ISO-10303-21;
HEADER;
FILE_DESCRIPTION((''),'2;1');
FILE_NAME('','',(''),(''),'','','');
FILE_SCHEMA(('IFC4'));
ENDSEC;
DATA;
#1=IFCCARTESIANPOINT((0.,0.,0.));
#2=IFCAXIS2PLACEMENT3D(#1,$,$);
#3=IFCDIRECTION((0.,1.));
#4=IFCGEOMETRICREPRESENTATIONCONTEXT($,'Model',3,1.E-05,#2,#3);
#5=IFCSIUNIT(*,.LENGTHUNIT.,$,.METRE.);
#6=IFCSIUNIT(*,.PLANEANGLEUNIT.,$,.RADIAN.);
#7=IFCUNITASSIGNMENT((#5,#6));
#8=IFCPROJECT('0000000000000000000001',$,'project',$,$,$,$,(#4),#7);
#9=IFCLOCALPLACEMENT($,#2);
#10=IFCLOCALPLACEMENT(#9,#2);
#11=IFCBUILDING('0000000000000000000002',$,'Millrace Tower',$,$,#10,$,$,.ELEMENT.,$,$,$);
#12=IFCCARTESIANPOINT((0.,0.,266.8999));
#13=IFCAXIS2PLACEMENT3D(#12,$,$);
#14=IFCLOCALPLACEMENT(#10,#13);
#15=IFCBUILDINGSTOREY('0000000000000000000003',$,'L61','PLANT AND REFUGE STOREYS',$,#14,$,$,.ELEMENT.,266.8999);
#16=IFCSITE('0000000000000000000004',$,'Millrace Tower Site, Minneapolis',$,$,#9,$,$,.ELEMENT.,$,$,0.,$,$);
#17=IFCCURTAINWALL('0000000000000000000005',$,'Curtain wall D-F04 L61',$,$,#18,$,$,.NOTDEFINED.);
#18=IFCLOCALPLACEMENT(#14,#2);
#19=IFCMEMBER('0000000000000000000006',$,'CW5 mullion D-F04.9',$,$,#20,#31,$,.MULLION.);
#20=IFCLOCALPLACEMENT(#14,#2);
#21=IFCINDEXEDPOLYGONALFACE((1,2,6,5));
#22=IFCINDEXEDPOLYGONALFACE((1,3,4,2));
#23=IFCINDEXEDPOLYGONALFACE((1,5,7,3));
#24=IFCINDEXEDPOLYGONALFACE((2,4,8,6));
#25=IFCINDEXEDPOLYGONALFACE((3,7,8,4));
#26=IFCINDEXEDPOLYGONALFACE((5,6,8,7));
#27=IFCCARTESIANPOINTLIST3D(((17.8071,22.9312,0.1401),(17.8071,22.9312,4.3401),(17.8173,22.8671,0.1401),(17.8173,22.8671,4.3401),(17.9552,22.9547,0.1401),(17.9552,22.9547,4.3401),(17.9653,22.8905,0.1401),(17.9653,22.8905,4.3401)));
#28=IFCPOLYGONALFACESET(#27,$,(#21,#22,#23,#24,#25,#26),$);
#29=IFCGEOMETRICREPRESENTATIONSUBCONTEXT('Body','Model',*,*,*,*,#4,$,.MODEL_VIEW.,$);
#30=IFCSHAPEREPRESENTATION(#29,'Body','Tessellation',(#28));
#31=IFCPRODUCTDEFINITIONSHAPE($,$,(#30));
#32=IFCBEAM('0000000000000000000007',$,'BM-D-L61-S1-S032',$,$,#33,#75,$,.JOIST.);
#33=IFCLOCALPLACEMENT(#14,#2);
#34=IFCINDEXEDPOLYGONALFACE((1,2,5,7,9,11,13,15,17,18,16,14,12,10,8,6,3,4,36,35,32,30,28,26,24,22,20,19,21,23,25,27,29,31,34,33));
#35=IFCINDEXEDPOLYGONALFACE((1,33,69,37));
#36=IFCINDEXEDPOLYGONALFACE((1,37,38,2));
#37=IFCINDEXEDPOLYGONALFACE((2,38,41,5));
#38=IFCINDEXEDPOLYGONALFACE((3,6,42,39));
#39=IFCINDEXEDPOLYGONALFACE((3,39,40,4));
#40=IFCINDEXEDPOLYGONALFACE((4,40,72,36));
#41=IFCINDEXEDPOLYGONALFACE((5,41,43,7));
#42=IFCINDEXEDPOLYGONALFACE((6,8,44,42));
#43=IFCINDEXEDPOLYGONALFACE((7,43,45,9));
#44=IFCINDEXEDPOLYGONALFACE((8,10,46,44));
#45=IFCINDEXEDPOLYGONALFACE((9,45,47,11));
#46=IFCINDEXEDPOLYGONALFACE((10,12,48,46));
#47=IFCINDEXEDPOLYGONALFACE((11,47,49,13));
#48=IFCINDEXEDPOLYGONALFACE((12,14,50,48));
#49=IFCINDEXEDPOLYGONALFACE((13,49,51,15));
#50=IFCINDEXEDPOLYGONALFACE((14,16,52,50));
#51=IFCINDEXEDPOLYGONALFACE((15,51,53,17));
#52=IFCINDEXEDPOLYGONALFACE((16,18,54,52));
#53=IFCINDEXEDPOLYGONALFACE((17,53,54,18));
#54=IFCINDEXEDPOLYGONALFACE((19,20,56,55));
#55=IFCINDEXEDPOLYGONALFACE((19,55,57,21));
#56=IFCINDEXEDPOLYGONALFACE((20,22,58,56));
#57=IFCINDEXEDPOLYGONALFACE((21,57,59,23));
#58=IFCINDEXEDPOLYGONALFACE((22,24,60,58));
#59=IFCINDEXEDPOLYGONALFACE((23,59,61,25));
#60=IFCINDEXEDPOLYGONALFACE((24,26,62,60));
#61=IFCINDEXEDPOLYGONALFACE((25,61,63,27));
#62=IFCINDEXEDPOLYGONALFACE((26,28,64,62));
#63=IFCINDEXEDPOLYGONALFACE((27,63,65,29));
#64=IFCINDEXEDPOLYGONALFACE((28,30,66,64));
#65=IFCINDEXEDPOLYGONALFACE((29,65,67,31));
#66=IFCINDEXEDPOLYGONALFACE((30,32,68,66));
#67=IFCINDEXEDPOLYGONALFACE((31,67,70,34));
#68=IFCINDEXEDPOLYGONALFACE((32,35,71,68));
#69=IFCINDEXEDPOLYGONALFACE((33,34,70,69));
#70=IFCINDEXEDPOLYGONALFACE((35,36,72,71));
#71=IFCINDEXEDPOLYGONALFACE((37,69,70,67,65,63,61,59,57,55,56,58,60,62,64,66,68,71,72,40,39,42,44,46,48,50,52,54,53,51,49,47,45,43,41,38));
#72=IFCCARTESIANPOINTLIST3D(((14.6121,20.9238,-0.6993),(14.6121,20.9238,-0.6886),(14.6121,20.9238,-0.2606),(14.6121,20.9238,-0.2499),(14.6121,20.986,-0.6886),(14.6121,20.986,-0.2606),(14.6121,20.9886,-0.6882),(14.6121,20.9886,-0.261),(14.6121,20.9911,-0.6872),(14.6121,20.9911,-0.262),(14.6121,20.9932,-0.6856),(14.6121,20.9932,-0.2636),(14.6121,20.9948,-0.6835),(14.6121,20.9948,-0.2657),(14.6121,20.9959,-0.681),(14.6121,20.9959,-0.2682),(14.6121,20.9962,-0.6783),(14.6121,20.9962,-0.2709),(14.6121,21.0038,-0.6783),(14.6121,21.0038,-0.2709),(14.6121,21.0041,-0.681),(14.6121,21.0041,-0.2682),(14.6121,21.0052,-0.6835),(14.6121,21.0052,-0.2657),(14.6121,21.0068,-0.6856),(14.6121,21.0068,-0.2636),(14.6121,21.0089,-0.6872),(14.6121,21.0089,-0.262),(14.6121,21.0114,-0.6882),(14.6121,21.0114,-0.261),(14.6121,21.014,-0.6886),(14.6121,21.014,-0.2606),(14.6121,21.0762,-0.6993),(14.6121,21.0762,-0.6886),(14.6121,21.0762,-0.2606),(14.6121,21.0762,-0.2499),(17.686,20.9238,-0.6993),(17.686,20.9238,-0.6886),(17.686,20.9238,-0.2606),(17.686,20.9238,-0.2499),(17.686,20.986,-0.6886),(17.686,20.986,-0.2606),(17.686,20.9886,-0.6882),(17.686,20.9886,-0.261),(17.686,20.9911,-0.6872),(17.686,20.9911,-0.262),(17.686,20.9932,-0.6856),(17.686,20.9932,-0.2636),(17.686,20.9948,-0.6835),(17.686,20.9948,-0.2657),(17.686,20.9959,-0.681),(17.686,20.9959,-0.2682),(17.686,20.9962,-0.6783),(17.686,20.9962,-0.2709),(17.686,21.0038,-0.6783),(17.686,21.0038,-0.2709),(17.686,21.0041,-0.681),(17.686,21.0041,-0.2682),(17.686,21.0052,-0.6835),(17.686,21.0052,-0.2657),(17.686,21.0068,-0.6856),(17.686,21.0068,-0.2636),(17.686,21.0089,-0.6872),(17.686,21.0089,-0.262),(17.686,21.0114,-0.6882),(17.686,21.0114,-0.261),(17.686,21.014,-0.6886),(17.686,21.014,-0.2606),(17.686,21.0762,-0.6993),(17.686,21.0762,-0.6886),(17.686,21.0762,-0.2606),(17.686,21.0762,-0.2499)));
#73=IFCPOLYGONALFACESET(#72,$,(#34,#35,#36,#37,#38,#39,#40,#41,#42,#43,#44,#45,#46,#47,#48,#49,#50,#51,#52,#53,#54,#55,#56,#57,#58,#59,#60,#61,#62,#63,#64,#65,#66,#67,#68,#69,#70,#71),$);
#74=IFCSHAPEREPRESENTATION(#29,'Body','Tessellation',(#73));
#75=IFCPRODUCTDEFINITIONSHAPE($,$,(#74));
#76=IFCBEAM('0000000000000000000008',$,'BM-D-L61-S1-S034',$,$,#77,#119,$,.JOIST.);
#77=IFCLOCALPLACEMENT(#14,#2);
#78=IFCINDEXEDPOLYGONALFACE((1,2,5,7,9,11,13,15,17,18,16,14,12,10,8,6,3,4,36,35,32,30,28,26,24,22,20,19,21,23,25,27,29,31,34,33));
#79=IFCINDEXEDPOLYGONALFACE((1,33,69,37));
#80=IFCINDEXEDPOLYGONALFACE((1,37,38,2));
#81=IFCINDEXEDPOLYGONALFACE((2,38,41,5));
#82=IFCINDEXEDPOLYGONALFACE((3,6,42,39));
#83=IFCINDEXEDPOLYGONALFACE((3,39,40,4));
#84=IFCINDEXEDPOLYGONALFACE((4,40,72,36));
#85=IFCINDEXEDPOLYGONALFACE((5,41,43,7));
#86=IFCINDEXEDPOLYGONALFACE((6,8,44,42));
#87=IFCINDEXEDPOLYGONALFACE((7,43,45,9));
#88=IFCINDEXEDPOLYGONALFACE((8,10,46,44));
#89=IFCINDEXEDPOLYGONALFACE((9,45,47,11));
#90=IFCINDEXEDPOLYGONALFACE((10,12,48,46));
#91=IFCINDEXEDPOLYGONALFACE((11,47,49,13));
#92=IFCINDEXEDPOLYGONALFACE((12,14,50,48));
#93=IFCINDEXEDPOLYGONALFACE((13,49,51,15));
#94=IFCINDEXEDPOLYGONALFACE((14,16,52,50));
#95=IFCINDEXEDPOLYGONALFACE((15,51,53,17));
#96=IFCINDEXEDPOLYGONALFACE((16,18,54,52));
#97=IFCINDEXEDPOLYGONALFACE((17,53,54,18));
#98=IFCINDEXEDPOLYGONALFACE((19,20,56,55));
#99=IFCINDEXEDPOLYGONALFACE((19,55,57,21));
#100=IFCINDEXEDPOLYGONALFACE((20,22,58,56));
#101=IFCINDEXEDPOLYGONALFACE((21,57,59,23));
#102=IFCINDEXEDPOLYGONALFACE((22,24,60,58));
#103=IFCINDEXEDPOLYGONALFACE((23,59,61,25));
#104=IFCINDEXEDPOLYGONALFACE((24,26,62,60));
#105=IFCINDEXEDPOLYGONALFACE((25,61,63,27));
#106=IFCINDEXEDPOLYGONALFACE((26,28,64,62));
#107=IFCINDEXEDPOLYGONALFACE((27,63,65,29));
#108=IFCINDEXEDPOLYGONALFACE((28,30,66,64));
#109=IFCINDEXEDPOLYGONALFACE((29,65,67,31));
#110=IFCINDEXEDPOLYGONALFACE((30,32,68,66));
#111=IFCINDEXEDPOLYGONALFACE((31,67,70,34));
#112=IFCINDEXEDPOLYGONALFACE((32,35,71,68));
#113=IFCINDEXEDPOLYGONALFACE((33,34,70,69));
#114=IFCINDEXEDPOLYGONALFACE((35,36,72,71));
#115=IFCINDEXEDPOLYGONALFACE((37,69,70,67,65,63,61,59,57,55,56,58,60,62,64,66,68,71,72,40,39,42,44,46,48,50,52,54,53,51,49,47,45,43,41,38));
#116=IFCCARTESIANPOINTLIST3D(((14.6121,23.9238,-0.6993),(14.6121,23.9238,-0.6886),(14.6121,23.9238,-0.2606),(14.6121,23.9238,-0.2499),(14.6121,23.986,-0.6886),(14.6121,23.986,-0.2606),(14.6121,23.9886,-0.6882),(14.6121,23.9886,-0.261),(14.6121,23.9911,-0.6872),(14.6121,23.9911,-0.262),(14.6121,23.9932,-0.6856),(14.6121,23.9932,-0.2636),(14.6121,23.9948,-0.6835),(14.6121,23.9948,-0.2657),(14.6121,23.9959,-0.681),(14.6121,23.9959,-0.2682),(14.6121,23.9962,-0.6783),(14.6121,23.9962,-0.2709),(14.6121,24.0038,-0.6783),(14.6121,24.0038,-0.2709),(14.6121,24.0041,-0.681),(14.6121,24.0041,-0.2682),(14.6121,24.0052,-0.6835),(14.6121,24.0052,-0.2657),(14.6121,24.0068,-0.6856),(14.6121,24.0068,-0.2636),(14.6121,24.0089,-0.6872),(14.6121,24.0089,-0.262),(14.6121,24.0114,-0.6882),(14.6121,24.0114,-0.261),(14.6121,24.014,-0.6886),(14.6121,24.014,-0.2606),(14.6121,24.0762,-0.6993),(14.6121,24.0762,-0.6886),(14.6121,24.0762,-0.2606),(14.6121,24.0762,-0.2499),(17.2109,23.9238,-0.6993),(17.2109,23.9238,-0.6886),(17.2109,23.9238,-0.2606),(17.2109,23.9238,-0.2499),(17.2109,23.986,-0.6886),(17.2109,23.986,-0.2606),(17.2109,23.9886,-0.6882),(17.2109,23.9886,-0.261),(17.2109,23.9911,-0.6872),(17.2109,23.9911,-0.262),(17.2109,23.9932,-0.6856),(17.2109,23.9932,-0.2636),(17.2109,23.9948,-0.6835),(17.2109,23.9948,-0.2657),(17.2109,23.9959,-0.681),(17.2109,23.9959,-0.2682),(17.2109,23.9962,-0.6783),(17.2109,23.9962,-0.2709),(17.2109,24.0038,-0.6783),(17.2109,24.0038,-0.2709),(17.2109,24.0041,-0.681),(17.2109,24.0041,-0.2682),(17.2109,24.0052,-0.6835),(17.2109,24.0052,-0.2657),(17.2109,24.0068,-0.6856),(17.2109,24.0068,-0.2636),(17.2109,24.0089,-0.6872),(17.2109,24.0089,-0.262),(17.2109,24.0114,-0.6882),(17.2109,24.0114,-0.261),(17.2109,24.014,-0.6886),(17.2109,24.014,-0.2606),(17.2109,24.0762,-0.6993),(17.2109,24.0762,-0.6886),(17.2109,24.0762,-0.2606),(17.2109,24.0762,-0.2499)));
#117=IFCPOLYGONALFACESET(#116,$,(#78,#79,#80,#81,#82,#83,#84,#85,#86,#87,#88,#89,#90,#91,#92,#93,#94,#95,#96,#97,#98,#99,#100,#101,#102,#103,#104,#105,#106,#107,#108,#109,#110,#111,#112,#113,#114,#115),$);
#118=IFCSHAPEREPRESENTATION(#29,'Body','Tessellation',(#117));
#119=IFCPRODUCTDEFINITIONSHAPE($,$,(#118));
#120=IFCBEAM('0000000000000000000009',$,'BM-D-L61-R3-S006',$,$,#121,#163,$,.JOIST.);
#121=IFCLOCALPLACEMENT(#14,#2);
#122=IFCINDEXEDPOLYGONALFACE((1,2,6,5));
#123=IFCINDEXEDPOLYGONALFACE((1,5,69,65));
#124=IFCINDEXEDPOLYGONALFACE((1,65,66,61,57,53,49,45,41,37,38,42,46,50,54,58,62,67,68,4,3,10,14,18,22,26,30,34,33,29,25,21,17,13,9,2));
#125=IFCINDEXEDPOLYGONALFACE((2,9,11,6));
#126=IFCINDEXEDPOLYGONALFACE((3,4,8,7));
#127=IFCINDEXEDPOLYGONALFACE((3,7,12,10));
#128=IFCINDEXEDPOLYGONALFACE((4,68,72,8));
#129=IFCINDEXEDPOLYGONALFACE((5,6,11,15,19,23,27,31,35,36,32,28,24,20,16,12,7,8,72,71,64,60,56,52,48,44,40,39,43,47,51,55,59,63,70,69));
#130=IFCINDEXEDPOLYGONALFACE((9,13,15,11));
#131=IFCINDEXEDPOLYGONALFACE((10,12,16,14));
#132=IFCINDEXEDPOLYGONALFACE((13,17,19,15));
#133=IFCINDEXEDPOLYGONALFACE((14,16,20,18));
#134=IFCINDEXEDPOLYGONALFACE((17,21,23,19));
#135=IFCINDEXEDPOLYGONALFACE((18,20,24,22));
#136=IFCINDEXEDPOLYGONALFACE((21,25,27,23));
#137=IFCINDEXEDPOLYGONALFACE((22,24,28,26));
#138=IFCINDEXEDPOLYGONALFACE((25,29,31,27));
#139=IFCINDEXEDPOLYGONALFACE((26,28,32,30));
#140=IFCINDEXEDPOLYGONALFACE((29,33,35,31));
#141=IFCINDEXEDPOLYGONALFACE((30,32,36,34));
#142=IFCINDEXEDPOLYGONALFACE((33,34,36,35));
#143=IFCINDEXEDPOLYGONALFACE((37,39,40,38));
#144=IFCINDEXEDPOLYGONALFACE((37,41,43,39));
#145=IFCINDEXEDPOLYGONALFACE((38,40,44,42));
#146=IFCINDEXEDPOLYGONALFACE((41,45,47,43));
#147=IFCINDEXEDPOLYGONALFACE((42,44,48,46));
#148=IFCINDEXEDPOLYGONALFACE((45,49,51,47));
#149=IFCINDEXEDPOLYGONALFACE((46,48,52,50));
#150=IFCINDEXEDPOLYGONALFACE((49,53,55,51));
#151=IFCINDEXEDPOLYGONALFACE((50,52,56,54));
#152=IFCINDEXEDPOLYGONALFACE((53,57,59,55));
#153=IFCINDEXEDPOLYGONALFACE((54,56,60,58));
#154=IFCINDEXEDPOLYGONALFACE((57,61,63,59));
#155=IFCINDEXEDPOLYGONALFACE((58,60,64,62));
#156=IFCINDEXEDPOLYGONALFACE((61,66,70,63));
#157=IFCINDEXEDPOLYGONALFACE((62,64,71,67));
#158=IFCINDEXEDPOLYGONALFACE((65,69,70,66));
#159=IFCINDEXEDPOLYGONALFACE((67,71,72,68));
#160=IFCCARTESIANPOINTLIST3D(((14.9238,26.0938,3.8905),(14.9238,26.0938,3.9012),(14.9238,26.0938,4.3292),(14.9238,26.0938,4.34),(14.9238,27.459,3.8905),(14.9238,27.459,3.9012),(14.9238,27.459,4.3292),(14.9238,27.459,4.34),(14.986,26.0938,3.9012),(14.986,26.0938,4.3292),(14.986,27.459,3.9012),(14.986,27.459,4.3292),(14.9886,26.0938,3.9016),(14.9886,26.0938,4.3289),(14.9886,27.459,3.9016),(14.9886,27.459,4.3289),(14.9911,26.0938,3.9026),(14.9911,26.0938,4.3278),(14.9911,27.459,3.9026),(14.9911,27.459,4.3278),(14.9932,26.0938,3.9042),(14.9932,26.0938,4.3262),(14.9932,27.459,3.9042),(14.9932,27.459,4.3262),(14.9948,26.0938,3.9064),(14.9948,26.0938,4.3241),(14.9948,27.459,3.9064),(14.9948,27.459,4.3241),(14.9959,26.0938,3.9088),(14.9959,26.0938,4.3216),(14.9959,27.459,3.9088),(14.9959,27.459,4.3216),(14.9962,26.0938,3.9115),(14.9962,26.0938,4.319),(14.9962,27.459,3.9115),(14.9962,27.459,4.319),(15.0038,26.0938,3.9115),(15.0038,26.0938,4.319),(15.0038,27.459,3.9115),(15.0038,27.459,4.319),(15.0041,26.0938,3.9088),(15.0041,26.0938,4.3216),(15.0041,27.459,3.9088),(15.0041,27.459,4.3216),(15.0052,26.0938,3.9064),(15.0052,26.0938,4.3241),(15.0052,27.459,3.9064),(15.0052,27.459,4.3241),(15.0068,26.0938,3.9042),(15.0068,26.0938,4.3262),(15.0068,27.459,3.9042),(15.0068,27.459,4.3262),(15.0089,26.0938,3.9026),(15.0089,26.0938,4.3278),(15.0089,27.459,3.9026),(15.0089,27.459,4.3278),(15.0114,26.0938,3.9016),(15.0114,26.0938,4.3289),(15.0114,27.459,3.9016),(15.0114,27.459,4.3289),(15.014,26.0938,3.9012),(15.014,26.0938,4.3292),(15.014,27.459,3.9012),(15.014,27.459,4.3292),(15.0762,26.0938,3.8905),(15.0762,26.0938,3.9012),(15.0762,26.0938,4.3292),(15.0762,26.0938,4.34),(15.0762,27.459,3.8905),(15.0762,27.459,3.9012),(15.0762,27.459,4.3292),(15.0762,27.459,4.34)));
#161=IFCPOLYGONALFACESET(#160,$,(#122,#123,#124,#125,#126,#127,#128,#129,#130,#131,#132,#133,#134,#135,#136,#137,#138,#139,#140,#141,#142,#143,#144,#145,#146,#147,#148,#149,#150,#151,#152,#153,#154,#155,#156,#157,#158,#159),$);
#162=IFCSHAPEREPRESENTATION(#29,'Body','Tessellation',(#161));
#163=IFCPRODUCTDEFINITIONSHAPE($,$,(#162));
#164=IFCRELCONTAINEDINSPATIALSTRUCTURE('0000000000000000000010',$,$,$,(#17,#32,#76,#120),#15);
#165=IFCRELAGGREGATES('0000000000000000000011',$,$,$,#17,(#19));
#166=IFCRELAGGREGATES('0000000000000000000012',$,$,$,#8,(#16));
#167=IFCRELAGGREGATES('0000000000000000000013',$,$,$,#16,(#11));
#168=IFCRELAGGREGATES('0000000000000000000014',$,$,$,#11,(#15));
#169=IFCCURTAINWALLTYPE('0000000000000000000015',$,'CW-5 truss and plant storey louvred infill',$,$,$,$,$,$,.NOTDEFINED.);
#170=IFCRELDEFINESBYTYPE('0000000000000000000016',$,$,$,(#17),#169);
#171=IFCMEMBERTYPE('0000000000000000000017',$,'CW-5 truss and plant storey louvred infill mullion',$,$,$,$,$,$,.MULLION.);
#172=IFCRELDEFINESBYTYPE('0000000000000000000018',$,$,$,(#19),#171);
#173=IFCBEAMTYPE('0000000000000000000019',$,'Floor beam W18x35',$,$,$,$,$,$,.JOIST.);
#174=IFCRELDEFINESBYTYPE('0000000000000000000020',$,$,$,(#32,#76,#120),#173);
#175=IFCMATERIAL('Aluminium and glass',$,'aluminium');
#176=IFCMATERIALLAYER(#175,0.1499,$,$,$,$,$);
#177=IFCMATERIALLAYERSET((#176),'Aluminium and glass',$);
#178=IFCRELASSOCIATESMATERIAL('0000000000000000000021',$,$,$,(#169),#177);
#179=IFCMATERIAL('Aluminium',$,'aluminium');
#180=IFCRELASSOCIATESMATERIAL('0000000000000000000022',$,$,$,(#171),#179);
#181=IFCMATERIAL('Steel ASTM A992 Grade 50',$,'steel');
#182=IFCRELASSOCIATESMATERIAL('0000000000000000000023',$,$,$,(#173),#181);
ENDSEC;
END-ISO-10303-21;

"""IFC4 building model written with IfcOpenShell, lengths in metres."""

from ifc_helpers import new_model, si_unit, direction, frame, origin, origin_2d, place, context, subcontext, project, spatial, rectangle, i_section, extrude, material, layer, layer_set, material_profile, profile_set, type_object, element, aggregate, save


model = new_model("IFC4")

# Units and contexts
model_context = context("Model", 3, precision=1e-05, world=origin(), true_north=direction((0.0, 1.0)))
body_context = subcontext(model_context, "Body", "Model", "MODEL_VIEW")
ifc_project = project(units=[si_unit("LENGTHUNIT", "METRE"), si_unit("PLANEANGLEUNIT", "RADIAN")], contexts=[model_context])

# Site, building, storey
site_placement = place(None, origin())
site = spatial("IfcSite", under=ifc_project, at=site_placement, Name="Millrace Tower Site, Minneapolis", CompositionType="ELEMENT", RefElevation=0.0)
building_placement = place(site_placement, origin())
building = spatial("IfcBuilding", under=site, at=building_placement, Name="Millrace Tower", CompositionType="ELEMENT")
storey_placement = place(building_placement, frame((0.0, 0.0, 266.8999)))
storey = spatial("IfcBuildingStorey", under=building, at=storey_placement, Name="L61", Description="PLANT AND REFUGE STOREYS", CompositionType="ELEMENT", Elevation=266.8999)

# Curtain wall, member
ifc_material_1 = material(Name="Aluminium and glass", Category="aluminium")
ifc_layer_1 = layer(ifc_material_1, 0.1499)
ifc_layer_set_1 = layer_set([ifc_layer_1], Name="Aluminium and glass")
curtain_wall_type = type_object("IfcCurtainWallType", Name="CW-5 truss and plant storey louvred infill", PredefinedType="NOTDEFINED", material=ifc_layer_set_1)
curtain_wall_placement = place(storey_placement, origin())
curtain_wall = element("IfcCurtainWall", 1, at=curtain_wall_placement, inside=storey, type_object=curtain_wall_type, Name="Curtain wall D-F04 L61", PredefinedType="NOTDEFINED")
ifc_material_2 = material(Name="Aluminium", Category="aluminium")
ifc_material_profile_1 = material_profile(ifc_material_2, rectangle(XDim=0.0649, YDim=0.1499, at=origin_2d()))
ifc_profile_set_1 = profile_set([ifc_material_profile_1], Name="Aluminium")
member_type_1 = type_object("IfcMemberType", Name="CW-5 truss and plant storey louvred infill mullion", PredefinedType="MULLION", material=ifc_profile_set_1)
member_1_placement = place(storey_placement, frame((17.8862, 22.9109, 0.1401), z_axis=(0.0, 0.0, 1.0), x_axis=(-0.156434, 0.987688, 0.0)))
member_1 = element("IfcMember", 2, at=member_1_placement, type_object=member_type_1, Name="CW5 mullion D-F04.9", PredefinedType="MULLION", context=body_context, shape_type="SweptSolid", body=[
    extrude(rectangle(XDim=0.0649, YDim=0.1499, at=origin_2d()), origin(), (0.0, 0.0, 1.0), 4.2),
])
aggregate(curtain_wall, [member_1])

# Beams
ifc_material_3 = material(Name="Steel ASTM A992 Grade 50", Category="steel")
ifc_material_profile_2 = material_profile(ifc_material_3, i_section(OverallWidth=0.1523, OverallDepth=0.4495, WebThickness=0.0076, FlangeThickness=0.0107, FilletRadius=0.0103, at=origin_2d()))
ifc_profile_set_2 = profile_set([ifc_material_profile_2], Name="Steel ASTM A992 Grade 50")
beam_type_1 = type_object("IfcBeamType", Name="Floor beam W18x35", PredefinedType="JOIST", material=ifc_profile_set_2)
beam_1_placement = place(storey_placement, frame((14.6121, 21.0, -0.4746), z_axis=(1.0, 0.0, 0.0), x_axis=(0.0, 1.0, 0.0)))
element("IfcBeam", 3, at=beam_1_placement, inside=storey, type_object=beam_type_1, Name="BM-D-L61-S1-S032", PredefinedType="JOIST", context=body_context, shape_type="SweptSolid", body=[
    extrude(i_section(OverallWidth=0.1523, OverallDepth=0.4495, WebThickness=0.0076, FlangeThickness=0.0107, FilletRadius=0.0103, at=origin_2d()), origin(), (0.0, 0.0, 1.0), 3.074),
])
beam_2_placement = place(storey_placement, frame((14.6121, 24.0, -0.4746), z_axis=(1.0, 0.0, 0.0), x_axis=(0.0, 1.0, 0.0)))
element("IfcBeam", 4, at=beam_2_placement, inside=storey, type_object=beam_type_1, Name="BM-D-L61-S1-S034", PredefinedType="JOIST", context=body_context, shape_type="SweptSolid", body=[
    extrude(i_section(OverallWidth=0.1523, OverallDepth=0.4495, WebThickness=0.0076, FlangeThickness=0.0107, FilletRadius=0.0103, at=origin_2d()), origin(), (0.0, 0.0, 1.0), 2.5989),
])
beam_3_placement = place(storey_placement, frame((15.0, 26.0938, 4.1152), z_axis=(0.0, 1.0, 0.0), x_axis=(-1.0, 0.0, 0.0)))
element("IfcBeam", 5, at=beam_3_placement, inside=storey, type_object=beam_type_1, Name="BM-D-L61-R3-S006", PredefinedType="JOIST", context=body_context, shape_type="SweptSolid", body=[
    extrude(i_section(OverallWidth=0.1523, OverallDepth=0.4495, WebThickness=0.0076, FlangeThickness=0.0107, FilletRadius=0.0103, at=origin_2d()), origin(), (0.0, 0.0, 1.0), 1.3652),
])

save(model, "model.ifc")
